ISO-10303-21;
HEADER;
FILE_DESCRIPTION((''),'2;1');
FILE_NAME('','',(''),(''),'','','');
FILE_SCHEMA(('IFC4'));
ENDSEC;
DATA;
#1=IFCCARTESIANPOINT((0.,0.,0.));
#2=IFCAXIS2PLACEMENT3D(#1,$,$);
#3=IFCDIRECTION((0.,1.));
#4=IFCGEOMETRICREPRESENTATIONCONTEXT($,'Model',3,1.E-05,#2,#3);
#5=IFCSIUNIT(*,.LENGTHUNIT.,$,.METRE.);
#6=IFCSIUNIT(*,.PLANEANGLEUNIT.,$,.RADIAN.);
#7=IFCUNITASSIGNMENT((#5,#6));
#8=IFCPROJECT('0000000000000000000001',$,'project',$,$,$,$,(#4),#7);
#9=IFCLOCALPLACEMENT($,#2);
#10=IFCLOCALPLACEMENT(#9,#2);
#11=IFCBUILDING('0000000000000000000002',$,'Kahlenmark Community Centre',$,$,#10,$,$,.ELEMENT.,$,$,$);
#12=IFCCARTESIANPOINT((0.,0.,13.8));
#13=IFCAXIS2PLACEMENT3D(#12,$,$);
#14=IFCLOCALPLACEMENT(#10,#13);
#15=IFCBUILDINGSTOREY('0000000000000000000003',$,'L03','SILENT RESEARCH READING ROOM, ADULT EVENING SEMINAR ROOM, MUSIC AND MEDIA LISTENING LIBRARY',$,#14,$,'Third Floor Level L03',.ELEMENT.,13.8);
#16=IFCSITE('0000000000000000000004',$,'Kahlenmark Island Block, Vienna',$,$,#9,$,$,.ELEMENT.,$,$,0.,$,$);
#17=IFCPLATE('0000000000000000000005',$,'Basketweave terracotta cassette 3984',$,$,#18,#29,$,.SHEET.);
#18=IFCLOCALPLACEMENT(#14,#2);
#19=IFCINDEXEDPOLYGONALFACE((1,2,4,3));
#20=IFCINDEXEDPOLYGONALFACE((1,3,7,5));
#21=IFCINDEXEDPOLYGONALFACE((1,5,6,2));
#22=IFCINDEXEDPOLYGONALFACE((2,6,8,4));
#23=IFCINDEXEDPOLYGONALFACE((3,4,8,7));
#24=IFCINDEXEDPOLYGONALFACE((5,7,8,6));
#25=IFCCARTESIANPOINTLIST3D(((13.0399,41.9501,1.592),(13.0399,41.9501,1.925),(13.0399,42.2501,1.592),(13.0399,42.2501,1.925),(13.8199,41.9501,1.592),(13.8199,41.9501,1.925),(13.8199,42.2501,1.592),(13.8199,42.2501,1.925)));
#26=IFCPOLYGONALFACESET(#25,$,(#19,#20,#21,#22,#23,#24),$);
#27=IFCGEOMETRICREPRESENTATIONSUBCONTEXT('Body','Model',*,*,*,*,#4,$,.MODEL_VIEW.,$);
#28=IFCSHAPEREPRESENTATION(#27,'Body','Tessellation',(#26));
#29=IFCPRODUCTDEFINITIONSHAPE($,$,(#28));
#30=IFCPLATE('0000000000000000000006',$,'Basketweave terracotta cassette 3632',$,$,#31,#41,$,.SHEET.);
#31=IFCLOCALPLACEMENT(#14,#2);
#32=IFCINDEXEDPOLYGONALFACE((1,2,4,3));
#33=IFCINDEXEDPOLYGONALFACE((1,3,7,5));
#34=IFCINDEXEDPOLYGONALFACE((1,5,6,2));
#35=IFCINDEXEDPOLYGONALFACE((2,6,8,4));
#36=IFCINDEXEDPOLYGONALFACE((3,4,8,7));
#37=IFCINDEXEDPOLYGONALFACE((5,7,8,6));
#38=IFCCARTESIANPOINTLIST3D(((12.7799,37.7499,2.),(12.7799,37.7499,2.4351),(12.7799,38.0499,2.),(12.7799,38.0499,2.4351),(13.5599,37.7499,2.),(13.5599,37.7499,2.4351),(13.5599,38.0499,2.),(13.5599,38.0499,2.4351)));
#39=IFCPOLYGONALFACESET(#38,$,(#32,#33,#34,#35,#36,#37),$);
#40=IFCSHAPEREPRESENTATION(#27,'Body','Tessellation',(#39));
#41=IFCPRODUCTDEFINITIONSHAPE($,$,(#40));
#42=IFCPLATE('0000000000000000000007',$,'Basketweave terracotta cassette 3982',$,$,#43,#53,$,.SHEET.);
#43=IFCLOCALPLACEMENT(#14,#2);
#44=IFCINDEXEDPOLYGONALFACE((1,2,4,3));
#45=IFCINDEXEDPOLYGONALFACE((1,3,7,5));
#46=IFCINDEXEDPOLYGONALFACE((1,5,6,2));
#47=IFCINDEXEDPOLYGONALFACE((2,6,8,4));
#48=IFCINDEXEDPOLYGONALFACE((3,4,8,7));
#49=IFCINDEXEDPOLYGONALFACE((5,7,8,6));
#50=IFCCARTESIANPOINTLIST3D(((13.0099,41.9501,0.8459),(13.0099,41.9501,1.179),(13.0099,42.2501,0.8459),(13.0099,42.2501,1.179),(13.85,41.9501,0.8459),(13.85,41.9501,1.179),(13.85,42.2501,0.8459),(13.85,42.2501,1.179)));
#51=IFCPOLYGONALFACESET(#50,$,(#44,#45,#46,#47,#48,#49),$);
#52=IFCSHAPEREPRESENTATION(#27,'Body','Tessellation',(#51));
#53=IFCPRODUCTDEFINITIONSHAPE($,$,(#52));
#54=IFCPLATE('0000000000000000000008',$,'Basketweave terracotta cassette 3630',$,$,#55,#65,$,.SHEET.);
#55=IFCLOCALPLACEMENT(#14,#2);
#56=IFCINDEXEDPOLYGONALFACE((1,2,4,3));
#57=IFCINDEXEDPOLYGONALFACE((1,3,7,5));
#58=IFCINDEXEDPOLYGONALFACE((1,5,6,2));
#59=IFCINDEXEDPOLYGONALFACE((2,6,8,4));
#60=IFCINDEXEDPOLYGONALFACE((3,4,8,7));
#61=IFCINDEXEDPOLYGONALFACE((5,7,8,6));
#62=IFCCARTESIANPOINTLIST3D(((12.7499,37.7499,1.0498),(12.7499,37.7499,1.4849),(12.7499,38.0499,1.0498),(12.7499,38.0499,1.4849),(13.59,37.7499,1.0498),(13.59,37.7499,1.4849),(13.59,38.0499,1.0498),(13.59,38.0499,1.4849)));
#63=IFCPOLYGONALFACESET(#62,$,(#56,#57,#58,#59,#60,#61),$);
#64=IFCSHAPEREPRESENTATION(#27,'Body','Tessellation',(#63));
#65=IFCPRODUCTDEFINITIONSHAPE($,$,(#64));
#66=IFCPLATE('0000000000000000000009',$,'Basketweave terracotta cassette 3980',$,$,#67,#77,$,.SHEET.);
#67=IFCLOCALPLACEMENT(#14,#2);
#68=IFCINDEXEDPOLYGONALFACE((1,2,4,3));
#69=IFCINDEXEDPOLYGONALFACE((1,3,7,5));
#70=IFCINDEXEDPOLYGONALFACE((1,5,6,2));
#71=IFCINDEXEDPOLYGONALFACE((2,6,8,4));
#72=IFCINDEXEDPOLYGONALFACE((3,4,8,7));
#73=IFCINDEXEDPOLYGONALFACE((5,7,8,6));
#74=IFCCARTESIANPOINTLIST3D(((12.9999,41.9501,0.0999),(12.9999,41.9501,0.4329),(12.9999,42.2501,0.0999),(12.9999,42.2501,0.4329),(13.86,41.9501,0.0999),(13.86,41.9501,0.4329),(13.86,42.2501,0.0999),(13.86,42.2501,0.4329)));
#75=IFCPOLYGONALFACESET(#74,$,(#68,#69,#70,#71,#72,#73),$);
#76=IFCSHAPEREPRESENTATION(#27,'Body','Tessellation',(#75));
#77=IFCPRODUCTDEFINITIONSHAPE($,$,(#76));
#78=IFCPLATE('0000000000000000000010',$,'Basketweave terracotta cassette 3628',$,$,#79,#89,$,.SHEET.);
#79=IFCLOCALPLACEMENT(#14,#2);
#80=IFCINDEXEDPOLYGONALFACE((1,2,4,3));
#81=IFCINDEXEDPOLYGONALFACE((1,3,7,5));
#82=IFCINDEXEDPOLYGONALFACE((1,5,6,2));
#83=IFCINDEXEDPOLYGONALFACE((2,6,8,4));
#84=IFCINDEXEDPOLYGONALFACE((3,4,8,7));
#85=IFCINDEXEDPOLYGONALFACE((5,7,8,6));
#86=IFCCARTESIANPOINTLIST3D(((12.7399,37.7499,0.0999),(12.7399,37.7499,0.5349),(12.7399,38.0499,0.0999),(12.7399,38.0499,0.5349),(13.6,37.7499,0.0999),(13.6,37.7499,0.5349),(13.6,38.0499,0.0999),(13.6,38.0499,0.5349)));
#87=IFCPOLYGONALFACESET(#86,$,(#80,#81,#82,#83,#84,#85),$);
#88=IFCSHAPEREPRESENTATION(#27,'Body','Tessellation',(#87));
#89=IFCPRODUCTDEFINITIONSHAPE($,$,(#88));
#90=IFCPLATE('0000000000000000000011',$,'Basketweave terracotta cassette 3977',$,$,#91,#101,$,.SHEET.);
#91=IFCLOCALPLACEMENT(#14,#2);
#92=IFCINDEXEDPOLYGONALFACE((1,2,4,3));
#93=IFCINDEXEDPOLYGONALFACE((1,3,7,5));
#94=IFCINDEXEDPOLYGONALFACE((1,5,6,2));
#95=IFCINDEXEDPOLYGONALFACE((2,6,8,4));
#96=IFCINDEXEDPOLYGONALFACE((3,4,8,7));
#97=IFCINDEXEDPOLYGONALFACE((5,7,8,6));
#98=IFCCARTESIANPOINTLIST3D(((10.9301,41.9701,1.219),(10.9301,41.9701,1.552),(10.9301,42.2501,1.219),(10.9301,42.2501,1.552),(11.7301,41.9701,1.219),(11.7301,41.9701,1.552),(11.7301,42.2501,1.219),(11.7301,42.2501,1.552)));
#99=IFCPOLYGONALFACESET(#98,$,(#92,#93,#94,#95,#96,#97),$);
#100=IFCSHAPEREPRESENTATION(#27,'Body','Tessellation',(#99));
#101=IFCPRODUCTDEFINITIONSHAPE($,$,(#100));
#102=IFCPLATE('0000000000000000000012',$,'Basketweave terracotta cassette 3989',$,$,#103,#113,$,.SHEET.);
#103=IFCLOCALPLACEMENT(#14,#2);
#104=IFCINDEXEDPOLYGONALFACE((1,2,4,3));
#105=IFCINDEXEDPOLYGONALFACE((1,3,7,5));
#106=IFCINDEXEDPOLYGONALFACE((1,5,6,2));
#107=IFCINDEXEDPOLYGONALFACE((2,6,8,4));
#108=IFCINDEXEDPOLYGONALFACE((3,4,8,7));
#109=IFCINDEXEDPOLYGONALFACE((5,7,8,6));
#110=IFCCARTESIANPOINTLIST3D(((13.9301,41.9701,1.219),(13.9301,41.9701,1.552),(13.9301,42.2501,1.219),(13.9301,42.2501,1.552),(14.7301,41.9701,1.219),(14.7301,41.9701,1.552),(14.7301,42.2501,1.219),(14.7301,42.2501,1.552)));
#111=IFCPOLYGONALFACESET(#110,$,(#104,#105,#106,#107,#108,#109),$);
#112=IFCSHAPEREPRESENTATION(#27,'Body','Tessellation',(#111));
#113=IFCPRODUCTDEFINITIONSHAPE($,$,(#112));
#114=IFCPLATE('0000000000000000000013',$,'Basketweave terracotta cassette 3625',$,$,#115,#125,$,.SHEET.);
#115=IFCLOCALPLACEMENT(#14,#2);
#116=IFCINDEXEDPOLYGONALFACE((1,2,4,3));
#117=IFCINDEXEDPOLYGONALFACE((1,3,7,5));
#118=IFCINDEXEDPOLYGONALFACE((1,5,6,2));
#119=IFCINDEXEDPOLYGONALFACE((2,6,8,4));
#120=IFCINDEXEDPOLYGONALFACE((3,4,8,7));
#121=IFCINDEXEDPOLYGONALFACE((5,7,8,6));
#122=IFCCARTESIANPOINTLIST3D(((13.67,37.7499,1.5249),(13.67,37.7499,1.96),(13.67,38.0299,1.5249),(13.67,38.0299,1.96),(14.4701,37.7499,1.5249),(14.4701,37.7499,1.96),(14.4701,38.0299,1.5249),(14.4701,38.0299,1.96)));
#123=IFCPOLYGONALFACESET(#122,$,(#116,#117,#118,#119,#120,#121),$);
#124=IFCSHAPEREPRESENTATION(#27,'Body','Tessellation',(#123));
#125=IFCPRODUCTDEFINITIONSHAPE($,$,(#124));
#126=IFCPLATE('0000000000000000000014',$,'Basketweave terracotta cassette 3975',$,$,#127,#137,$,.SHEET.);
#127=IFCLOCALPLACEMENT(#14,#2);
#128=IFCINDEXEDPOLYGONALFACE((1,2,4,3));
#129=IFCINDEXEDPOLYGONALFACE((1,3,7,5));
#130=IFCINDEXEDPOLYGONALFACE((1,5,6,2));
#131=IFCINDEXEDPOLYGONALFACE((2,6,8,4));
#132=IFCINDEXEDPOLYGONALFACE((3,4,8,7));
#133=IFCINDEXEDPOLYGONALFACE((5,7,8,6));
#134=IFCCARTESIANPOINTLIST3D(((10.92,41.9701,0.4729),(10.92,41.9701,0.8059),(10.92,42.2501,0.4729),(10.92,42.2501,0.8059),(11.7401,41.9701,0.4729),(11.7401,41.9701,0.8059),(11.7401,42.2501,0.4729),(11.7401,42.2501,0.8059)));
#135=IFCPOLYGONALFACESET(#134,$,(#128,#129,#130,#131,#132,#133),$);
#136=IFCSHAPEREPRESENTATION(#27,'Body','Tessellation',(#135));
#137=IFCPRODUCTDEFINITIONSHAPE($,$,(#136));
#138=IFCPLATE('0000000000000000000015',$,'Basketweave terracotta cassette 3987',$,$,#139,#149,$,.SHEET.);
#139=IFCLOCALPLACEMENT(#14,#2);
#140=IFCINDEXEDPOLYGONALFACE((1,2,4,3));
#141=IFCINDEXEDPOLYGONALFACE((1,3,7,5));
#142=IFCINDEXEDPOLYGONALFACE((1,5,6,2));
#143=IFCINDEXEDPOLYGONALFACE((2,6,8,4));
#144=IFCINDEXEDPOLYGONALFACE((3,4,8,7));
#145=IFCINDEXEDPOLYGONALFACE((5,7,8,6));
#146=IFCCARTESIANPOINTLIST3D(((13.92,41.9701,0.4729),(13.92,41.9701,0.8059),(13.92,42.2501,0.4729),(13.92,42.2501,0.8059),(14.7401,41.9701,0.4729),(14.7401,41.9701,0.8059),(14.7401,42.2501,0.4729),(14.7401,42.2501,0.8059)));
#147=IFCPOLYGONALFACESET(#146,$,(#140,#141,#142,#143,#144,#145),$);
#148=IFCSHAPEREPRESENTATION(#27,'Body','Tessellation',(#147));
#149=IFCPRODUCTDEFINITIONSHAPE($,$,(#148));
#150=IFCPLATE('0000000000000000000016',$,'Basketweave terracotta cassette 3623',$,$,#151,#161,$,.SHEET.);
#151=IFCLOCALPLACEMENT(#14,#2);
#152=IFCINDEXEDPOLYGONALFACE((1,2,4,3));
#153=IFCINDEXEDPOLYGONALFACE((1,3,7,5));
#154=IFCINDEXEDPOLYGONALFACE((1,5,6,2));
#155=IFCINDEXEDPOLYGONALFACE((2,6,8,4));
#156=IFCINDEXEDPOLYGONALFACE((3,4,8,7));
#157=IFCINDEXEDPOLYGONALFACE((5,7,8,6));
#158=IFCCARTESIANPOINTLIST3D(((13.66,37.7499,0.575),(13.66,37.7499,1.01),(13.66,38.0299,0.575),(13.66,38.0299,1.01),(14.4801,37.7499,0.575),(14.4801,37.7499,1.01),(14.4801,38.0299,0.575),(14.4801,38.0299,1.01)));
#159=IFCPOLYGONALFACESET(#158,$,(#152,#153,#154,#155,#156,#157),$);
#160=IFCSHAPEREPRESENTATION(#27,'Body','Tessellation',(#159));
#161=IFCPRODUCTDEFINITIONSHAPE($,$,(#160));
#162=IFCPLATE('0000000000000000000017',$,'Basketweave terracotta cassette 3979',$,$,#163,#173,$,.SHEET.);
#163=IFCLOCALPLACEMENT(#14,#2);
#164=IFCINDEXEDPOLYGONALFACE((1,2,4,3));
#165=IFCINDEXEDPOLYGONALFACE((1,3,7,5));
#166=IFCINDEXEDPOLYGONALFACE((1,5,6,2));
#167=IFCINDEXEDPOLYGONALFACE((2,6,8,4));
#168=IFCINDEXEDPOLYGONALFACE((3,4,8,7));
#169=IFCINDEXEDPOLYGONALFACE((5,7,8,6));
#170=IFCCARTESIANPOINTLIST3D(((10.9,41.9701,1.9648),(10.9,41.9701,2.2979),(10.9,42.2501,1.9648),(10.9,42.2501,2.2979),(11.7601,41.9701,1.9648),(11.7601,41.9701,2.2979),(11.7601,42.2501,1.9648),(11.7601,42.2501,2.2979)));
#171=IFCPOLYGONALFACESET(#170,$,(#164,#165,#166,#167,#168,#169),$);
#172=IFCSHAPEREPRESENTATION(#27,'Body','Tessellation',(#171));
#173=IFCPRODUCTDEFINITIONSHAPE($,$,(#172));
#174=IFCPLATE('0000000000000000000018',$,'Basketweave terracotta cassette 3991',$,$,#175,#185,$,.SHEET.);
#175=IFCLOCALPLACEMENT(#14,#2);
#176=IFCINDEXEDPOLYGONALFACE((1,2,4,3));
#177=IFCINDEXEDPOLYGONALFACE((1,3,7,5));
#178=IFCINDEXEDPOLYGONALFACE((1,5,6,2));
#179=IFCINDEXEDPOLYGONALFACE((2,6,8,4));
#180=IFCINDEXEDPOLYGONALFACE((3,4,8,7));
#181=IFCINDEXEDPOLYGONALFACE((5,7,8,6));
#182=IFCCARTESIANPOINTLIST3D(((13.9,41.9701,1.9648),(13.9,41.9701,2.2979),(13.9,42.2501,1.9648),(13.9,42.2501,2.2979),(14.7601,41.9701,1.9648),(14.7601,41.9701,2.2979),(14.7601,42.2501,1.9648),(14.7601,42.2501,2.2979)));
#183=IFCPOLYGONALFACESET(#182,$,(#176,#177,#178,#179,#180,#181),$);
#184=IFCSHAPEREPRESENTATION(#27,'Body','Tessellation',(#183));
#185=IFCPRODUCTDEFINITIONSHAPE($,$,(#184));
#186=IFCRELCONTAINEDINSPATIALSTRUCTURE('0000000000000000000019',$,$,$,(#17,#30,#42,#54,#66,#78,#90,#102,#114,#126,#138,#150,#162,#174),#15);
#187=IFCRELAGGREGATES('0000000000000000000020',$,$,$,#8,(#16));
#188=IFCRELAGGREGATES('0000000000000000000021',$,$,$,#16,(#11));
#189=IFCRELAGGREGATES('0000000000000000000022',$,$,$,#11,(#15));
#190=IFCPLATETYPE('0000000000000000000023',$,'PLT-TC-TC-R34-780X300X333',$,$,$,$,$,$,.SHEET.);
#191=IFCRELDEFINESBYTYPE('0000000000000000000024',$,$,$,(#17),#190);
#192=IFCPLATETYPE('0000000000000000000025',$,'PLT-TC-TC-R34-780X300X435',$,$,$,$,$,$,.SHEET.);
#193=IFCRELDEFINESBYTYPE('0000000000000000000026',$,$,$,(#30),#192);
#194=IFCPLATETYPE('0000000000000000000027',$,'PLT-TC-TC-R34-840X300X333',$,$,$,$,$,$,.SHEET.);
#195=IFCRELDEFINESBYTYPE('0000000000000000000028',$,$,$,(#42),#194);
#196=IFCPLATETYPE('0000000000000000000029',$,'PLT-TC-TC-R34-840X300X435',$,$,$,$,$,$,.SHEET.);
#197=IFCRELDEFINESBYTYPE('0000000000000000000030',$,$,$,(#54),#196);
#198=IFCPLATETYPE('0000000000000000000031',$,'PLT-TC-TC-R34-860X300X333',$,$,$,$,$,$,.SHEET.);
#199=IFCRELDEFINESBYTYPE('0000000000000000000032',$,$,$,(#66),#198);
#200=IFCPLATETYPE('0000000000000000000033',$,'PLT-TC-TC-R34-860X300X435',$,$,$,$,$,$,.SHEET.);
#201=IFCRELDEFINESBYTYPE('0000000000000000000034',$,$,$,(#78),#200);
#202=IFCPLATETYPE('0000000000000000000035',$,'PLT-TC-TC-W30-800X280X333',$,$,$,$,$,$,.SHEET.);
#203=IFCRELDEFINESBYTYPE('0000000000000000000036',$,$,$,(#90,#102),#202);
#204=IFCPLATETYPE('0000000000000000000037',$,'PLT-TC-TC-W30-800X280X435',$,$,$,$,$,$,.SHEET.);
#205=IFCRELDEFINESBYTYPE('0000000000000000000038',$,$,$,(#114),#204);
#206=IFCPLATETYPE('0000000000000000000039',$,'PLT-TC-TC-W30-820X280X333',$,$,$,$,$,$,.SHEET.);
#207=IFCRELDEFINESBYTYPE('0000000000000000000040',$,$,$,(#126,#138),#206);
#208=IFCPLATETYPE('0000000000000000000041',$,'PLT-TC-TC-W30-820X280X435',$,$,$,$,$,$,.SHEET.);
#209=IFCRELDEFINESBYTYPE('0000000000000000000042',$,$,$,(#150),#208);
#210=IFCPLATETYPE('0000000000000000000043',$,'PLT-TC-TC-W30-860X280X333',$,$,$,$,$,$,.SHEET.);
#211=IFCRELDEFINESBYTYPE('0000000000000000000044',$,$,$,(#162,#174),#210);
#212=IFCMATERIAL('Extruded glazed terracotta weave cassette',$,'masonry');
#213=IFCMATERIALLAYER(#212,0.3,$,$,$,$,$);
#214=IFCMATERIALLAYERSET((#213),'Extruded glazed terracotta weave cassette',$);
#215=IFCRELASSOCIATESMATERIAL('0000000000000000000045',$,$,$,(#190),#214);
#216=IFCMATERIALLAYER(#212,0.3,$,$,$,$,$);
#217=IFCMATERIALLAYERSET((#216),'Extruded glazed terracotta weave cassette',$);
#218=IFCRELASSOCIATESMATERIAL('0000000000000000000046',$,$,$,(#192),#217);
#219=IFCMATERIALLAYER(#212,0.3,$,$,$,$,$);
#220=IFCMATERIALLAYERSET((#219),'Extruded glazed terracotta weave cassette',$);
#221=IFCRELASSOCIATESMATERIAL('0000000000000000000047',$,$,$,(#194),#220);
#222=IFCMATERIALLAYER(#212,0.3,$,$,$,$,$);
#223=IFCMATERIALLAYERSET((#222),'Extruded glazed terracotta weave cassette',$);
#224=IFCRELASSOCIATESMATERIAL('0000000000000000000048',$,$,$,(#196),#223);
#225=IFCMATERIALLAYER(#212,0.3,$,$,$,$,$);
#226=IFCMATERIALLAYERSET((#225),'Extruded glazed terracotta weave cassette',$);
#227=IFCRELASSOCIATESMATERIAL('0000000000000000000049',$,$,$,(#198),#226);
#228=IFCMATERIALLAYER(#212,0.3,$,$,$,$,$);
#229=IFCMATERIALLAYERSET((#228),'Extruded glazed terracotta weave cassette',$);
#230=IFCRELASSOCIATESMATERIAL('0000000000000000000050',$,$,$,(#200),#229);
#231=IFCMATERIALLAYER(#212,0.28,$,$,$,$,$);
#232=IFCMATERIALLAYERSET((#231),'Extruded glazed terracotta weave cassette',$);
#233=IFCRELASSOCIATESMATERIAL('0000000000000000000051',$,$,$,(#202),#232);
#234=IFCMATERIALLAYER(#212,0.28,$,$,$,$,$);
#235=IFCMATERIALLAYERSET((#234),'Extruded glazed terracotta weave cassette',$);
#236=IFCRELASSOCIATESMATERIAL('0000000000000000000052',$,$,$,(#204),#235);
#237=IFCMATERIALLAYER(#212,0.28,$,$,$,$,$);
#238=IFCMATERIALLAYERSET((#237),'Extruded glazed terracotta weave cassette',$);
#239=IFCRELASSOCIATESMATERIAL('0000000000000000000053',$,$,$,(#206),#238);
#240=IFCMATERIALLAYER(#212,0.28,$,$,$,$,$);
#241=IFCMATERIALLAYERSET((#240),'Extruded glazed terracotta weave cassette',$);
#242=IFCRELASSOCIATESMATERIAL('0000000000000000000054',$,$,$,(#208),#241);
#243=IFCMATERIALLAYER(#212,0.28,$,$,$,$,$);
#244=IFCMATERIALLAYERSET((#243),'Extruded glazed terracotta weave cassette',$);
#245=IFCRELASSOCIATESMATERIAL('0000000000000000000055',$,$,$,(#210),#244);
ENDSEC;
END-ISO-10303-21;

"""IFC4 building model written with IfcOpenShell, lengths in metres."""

from ifc_helpers import new_model, si_unit, direction, frame, origin, origin_2d, place, context, subcontext, project, spatial, rectangle, extrude, material, layer, layer_set, type_object, element, save


model = new_model("IFC4")

# Units and contexts
model_context = context("Model", 3, precision=1e-05, world=origin(), true_north=direction((0.0, 1.0)))
body_context = subcontext(model_context, "Body", "Model", "MODEL_VIEW")
ifc_project = project(units=[si_unit("LENGTHUNIT", "METRE"), si_unit("PLANEANGLEUNIT", "RADIAN")], contexts=[model_context])

# Site, building, storey
site_placement = place(None, origin())
site = spatial("IfcSite", under=ifc_project, at=site_placement, Name="Kahlenmark Island Block, Vienna", CompositionType="ELEMENT", RefElevation=0.0)
building_placement = place(site_placement, origin())
building = spatial("IfcBuilding", under=site, at=building_placement, Name="Kahlenmark Community Centre", CompositionType="ELEMENT")
storey_placement = place(building_placement, frame((0.0, 0.0, 13.8)))
storey = spatial("IfcBuildingStorey", under=building, at=storey_placement, Name="L03", Description="SILENT RESEARCH READING ROOM, ADULT EVENING SEMINAR ROOM, MUSIC AND MEDIA LISTENING LIBRARY", LongName="Third Floor Level L03", CompositionType="ELEMENT", Elevation=13.8)

# Plates
ifc_material_1 = material(Name="Extruded glazed terracotta weave cassette", Category="masonry")
ifc_layer_1 = layer(ifc_material_1, 0.3)
ifc_layer_set_1 = layer_set([ifc_layer_1], Name="Extruded glazed terracotta weave cassette")
plate_type_1 = type_object("IfcPlateType", Name="PLT-TC-TC-R34-780X300X333", PredefinedType="SHEET", material=ifc_layer_set_1)
plate_1_placement = place(storey_placement, frame((13.4299, 42.1001, 1.592), z_axis=(0.0, 0.0, 1.0), x_axis=(1.0, 0.0, 0.0)))
element("IfcPlate", 1, at=plate_1_placement, inside=storey, type_object=plate_type_1, Name="Basketweave terracotta cassette 3984", PredefinedType="SHEET", context=body_context, shape_type="SweptSolid", body=[
    extrude(rectangle(XDim=0.78, YDim=0.3, at=origin_2d()), origin(), (0.0, 0.0, 1.0), 0.333),
])
ifc_layer_2 = layer(ifc_material_1, 0.3)
ifc_layer_set_2 = layer_set([ifc_layer_2], Name="Extruded glazed terracotta weave cassette")
plate_type_2 = type_object("IfcPlateType", Name="PLT-TC-TC-R34-780X300X435", PredefinedType="SHEET", material=ifc_layer_set_2)
plate_2_placement = place(storey_placement, frame((13.1699, 37.8999, 2.0), z_axis=(0.0, 0.0, 1.0), x_axis=(-1.0, 0.0, 0.0)))
element("IfcPlate", 2, at=plate_2_placement, inside=storey, type_object=plate_type_2, Name="Basketweave terracotta cassette 3632", PredefinedType="SHEET", context=body_context, shape_type="SweptSolid", body=[
    extrude(rectangle(XDim=0.78, YDim=0.3, at=origin_2d()), origin(), (0.0, 0.0, 1.0), 0.4351),
])
ifc_layer_3 = layer(ifc_material_1, 0.3)
ifc_layer_set_3 = layer_set([ifc_layer_3], Name="Extruded glazed terracotta weave cassette")
plate_type_3 = type_object("IfcPlateType", Name="PLT-TC-TC-R34-840X300X333", PredefinedType="SHEET", material=ifc_layer_set_3)
plate_3_placement = place(storey_placement, frame((13.4299, 42.1001, 0.8459), z_axis=(0.0, 0.0, 1.0), x_axis=(1.0, 0.0, 0.0)))
element("IfcPlate", 3, at=plate_3_placement, inside=storey, type_object=plate_type_3, Name="Basketweave terracotta cassette 3982", PredefinedType="SHEET", context=body_context, shape_type="SweptSolid", body=[
    extrude(rectangle(XDim=0.8401, YDim=0.3, at=origin_2d()), origin(), (0.0, 0.0, 1.0), 0.333),
])
ifc_layer_4 = layer(ifc_material_1, 0.3)
ifc_layer_set_4 = layer_set([ifc_layer_4], Name="Extruded glazed terracotta weave cassette")
plate_type_4 = type_object("IfcPlateType", Name="PLT-TC-TC-R34-840X300X435", PredefinedType="SHEET", material=ifc_layer_set_4)
plate_4_placement = place(storey_placement, frame((13.1699, 37.8999, 1.0498), z_axis=(0.0, 0.0, 1.0), x_axis=(-1.0, 0.0, 0.0)))
element("IfcPlate", 4, at=plate_4_placement, inside=storey, type_object=plate_type_4, Name="Basketweave terracotta cassette 3630", PredefinedType="SHEET", context=body_context, shape_type="SweptSolid", body=[
    extrude(rectangle(XDim=0.8401, YDim=0.3, at=origin_2d()), origin(), (0.0, 0.0, 1.0), 0.4351),
])
ifc_layer_5 = layer(ifc_material_1, 0.3)
ifc_layer_set_5 = layer_set([ifc_layer_5], Name="Extruded glazed terracotta weave cassette")
plate_type_5 = type_object("IfcPlateType", Name="PLT-TC-TC-R34-860X300X333", PredefinedType="SHEET", material=ifc_layer_set_5)
plate_5_placement = place(storey_placement, frame((13.4299, 42.1001, 0.0999), z_axis=(0.0, 0.0, 1.0), x_axis=(1.0, 0.0, 0.0)))
element("IfcPlate", 5, at=plate_5_placement, inside=storey, type_object=plate_type_5, Name="Basketweave terracotta cassette 3980", PredefinedType="SHEET", context=body_context, shape_type="SweptSolid", body=[
    extrude(rectangle(XDim=0.8601, YDim=0.3, at=origin_2d()), origin(), (0.0, 0.0, 1.0), 0.333),
])
ifc_layer_6 = layer(ifc_material_1, 0.3)
ifc_layer_set_6 = layer_set([ifc_layer_6], Name="Extruded glazed terracotta weave cassette")
plate_type_6 = type_object("IfcPlateType", Name="PLT-TC-TC-R34-860X300X435", PredefinedType="SHEET", material=ifc_layer_set_6)
plate_6_placement = place(storey_placement, frame((13.1699, 37.8999, 0.0999), z_axis=(0.0, 0.0, 1.0), x_axis=(-1.0, 0.0, 0.0)))
element("IfcPlate", 6, at=plate_6_placement, inside=storey, type_object=plate_type_6, Name="Basketweave terracotta cassette 3628", PredefinedType="SHEET", context=body_context, shape_type="SweptSolid", body=[
    extrude(rectangle(XDim=0.8601, YDim=0.3, at=origin_2d()), origin(), (0.0, 0.0, 1.0), 0.4351),
])
ifc_layer_7 = layer(ifc_material_1, 0.28)
ifc_layer_set_7 = layer_set([ifc_layer_7], Name="Extruded glazed terracotta weave cassette")
plate_type_7 = type_object("IfcPlateType", Name="PLT-TC-TC-W30-800X280X333", PredefinedType="SHEET", material=ifc_layer_set_7)
for number, where, z_axis, x_axis, name in (
    (7, (11.3301, 42.1101, 1.219), (0.0, 0.0, 1.0), (1.0, 0.0, 0.0), "Basketweave terracotta cassette 3977"),
    (8, (14.3301, 42.1101, 1.219), (0.0, 0.0, 1.0), (1.0, 0.0, 0.0), "Basketweave terracotta cassette 3989"),
):
    element("IfcPlate", number, at=place(storey_placement, frame(where, z_axis=z_axis, x_axis=x_axis)), inside=storey, type_object=plate_type_7, Name=name, PredefinedType="SHEET", context=body_context, shape_type="SweptSolid", body=[
        extrude(rectangle(XDim=0.8, YDim=0.28, at=origin_2d()), origin(), (0.0, 0.0, 1.0), 0.333),
    ])
ifc_layer_8 = layer(ifc_material_1, 0.28)
ifc_layer_set_8 = layer_set([ifc_layer_8], Name="Extruded glazed terracotta weave cassette")
plate_type_8 = type_object("IfcPlateType", Name="PLT-TC-TC-W30-800X280X435", PredefinedType="SHEET", material=ifc_layer_set_8)
plate_7_placement = place(storey_placement, frame((14.0701, 37.8899, 1.5249), z_axis=(0.0, 0.0, 1.0), x_axis=(-1.0, 0.0, 0.0)))
element("IfcPlate", 9, at=plate_7_placement, inside=storey, type_object=plate_type_8, Name="Basketweave terracotta cassette 3625", PredefinedType="SHEET", context=body_context, shape_type="SweptSolid", body=[
    extrude(rectangle(XDim=0.8, YDim=0.28, at=origin_2d()), origin(), (0.0, 0.0, 1.0), 0.4351),
])
ifc_layer_9 = layer(ifc_material_1, 0.28)
ifc_layer_set_9 = layer_set([ifc_layer_9], Name="Extruded glazed terracotta weave cassette")
plate_type_9 = type_object("IfcPlateType", Name="PLT-TC-TC-W30-820X280X333", PredefinedType="SHEET", material=ifc_layer_set_9)
for number, where, z_axis, x_axis, name in (
    (10, (11.3301, 42.1101, 0.4729), (0.0, 0.0, 1.0), (1.0, 0.0, 0.0), "Basketweave terracotta cassette 3975"),
    (11, (14.3301, 42.1101, 0.4729), (0.0, 0.0, 1.0), (1.0, 0.0, 0.0), "Basketweave terracotta cassette 3987"),
):
    element("IfcPlate", number, at=place(storey_placement, frame(where, z_axis=z_axis, x_axis=x_axis)), inside=storey, type_object=plate_type_9, Name=name, PredefinedType="SHEET", context=body_context, shape_type="SweptSolid", body=[
        extrude(rectangle(XDim=0.8201, YDim=0.28, at=origin_2d()), origin(), (0.0, 0.0, 1.0), 0.333),
    ])
ifc_layer_10 = layer(ifc_material_1, 0.28)
ifc_layer_set_10 = layer_set([ifc_layer_10], Name="Extruded glazed terracotta weave cassette")
plate_type_10 = type_object("IfcPlateType", Name="PLT-TC-TC-W30-820X280X435", PredefinedType="SHEET", material=ifc_layer_set_10)
plate_8_placement = place(storey_placement, frame((14.0701, 37.8899, 0.575), z_axis=(0.0, 0.0, 1.0), x_axis=(-1.0, 0.0, 0.0)))
element("IfcPlate", 12, at=plate_8_placement, inside=storey, type_object=plate_type_10, Name="Basketweave terracotta cassette 3623", PredefinedType="SHEET", context=body_context, shape_type="SweptSolid", body=[
    extrude(rectangle(XDim=0.8201, YDim=0.28, at=origin_2d()), origin(), (0.0, 0.0, 1.0), 0.4351),
])
ifc_layer_11 = layer(ifc_material_1, 0.28)
ifc_layer_set_11 = layer_set([ifc_layer_11], Name="Extruded glazed terracotta weave cassette")
plate_type_11 = type_object("IfcPlateType", Name="PLT-TC-TC-W30-860X280X333", PredefinedType="SHEET", material=ifc_layer_set_11)
for number, where, z_axis, x_axis, name in (
    (13, (11.3301, 42.1101, 1.9648), (0.0, 0.0, 1.0), (1.0, 0.0, 0.0), "Basketweave terracotta cassette 3979"),
    (14, (14.3301, 42.1101, 1.9648), (0.0, 0.0, 1.0), (1.0, 0.0, 0.0), "Basketweave terracotta cassette 3991"),
):
    element("IfcPlate", number, at=place(storey_placement, frame(where, z_axis=z_axis, x_axis=x_axis)), inside=storey, type_object=plate_type_11, Name=name, PredefinedType="SHEET", context=body_context, shape_type="SweptSolid", body=[
        extrude(rectangle(XDim=0.8601, YDim=0.28, at=origin_2d()), origin(), (0.0, 0.0, 1.0), 0.333),
    ])

save(model, "model.ifc")
